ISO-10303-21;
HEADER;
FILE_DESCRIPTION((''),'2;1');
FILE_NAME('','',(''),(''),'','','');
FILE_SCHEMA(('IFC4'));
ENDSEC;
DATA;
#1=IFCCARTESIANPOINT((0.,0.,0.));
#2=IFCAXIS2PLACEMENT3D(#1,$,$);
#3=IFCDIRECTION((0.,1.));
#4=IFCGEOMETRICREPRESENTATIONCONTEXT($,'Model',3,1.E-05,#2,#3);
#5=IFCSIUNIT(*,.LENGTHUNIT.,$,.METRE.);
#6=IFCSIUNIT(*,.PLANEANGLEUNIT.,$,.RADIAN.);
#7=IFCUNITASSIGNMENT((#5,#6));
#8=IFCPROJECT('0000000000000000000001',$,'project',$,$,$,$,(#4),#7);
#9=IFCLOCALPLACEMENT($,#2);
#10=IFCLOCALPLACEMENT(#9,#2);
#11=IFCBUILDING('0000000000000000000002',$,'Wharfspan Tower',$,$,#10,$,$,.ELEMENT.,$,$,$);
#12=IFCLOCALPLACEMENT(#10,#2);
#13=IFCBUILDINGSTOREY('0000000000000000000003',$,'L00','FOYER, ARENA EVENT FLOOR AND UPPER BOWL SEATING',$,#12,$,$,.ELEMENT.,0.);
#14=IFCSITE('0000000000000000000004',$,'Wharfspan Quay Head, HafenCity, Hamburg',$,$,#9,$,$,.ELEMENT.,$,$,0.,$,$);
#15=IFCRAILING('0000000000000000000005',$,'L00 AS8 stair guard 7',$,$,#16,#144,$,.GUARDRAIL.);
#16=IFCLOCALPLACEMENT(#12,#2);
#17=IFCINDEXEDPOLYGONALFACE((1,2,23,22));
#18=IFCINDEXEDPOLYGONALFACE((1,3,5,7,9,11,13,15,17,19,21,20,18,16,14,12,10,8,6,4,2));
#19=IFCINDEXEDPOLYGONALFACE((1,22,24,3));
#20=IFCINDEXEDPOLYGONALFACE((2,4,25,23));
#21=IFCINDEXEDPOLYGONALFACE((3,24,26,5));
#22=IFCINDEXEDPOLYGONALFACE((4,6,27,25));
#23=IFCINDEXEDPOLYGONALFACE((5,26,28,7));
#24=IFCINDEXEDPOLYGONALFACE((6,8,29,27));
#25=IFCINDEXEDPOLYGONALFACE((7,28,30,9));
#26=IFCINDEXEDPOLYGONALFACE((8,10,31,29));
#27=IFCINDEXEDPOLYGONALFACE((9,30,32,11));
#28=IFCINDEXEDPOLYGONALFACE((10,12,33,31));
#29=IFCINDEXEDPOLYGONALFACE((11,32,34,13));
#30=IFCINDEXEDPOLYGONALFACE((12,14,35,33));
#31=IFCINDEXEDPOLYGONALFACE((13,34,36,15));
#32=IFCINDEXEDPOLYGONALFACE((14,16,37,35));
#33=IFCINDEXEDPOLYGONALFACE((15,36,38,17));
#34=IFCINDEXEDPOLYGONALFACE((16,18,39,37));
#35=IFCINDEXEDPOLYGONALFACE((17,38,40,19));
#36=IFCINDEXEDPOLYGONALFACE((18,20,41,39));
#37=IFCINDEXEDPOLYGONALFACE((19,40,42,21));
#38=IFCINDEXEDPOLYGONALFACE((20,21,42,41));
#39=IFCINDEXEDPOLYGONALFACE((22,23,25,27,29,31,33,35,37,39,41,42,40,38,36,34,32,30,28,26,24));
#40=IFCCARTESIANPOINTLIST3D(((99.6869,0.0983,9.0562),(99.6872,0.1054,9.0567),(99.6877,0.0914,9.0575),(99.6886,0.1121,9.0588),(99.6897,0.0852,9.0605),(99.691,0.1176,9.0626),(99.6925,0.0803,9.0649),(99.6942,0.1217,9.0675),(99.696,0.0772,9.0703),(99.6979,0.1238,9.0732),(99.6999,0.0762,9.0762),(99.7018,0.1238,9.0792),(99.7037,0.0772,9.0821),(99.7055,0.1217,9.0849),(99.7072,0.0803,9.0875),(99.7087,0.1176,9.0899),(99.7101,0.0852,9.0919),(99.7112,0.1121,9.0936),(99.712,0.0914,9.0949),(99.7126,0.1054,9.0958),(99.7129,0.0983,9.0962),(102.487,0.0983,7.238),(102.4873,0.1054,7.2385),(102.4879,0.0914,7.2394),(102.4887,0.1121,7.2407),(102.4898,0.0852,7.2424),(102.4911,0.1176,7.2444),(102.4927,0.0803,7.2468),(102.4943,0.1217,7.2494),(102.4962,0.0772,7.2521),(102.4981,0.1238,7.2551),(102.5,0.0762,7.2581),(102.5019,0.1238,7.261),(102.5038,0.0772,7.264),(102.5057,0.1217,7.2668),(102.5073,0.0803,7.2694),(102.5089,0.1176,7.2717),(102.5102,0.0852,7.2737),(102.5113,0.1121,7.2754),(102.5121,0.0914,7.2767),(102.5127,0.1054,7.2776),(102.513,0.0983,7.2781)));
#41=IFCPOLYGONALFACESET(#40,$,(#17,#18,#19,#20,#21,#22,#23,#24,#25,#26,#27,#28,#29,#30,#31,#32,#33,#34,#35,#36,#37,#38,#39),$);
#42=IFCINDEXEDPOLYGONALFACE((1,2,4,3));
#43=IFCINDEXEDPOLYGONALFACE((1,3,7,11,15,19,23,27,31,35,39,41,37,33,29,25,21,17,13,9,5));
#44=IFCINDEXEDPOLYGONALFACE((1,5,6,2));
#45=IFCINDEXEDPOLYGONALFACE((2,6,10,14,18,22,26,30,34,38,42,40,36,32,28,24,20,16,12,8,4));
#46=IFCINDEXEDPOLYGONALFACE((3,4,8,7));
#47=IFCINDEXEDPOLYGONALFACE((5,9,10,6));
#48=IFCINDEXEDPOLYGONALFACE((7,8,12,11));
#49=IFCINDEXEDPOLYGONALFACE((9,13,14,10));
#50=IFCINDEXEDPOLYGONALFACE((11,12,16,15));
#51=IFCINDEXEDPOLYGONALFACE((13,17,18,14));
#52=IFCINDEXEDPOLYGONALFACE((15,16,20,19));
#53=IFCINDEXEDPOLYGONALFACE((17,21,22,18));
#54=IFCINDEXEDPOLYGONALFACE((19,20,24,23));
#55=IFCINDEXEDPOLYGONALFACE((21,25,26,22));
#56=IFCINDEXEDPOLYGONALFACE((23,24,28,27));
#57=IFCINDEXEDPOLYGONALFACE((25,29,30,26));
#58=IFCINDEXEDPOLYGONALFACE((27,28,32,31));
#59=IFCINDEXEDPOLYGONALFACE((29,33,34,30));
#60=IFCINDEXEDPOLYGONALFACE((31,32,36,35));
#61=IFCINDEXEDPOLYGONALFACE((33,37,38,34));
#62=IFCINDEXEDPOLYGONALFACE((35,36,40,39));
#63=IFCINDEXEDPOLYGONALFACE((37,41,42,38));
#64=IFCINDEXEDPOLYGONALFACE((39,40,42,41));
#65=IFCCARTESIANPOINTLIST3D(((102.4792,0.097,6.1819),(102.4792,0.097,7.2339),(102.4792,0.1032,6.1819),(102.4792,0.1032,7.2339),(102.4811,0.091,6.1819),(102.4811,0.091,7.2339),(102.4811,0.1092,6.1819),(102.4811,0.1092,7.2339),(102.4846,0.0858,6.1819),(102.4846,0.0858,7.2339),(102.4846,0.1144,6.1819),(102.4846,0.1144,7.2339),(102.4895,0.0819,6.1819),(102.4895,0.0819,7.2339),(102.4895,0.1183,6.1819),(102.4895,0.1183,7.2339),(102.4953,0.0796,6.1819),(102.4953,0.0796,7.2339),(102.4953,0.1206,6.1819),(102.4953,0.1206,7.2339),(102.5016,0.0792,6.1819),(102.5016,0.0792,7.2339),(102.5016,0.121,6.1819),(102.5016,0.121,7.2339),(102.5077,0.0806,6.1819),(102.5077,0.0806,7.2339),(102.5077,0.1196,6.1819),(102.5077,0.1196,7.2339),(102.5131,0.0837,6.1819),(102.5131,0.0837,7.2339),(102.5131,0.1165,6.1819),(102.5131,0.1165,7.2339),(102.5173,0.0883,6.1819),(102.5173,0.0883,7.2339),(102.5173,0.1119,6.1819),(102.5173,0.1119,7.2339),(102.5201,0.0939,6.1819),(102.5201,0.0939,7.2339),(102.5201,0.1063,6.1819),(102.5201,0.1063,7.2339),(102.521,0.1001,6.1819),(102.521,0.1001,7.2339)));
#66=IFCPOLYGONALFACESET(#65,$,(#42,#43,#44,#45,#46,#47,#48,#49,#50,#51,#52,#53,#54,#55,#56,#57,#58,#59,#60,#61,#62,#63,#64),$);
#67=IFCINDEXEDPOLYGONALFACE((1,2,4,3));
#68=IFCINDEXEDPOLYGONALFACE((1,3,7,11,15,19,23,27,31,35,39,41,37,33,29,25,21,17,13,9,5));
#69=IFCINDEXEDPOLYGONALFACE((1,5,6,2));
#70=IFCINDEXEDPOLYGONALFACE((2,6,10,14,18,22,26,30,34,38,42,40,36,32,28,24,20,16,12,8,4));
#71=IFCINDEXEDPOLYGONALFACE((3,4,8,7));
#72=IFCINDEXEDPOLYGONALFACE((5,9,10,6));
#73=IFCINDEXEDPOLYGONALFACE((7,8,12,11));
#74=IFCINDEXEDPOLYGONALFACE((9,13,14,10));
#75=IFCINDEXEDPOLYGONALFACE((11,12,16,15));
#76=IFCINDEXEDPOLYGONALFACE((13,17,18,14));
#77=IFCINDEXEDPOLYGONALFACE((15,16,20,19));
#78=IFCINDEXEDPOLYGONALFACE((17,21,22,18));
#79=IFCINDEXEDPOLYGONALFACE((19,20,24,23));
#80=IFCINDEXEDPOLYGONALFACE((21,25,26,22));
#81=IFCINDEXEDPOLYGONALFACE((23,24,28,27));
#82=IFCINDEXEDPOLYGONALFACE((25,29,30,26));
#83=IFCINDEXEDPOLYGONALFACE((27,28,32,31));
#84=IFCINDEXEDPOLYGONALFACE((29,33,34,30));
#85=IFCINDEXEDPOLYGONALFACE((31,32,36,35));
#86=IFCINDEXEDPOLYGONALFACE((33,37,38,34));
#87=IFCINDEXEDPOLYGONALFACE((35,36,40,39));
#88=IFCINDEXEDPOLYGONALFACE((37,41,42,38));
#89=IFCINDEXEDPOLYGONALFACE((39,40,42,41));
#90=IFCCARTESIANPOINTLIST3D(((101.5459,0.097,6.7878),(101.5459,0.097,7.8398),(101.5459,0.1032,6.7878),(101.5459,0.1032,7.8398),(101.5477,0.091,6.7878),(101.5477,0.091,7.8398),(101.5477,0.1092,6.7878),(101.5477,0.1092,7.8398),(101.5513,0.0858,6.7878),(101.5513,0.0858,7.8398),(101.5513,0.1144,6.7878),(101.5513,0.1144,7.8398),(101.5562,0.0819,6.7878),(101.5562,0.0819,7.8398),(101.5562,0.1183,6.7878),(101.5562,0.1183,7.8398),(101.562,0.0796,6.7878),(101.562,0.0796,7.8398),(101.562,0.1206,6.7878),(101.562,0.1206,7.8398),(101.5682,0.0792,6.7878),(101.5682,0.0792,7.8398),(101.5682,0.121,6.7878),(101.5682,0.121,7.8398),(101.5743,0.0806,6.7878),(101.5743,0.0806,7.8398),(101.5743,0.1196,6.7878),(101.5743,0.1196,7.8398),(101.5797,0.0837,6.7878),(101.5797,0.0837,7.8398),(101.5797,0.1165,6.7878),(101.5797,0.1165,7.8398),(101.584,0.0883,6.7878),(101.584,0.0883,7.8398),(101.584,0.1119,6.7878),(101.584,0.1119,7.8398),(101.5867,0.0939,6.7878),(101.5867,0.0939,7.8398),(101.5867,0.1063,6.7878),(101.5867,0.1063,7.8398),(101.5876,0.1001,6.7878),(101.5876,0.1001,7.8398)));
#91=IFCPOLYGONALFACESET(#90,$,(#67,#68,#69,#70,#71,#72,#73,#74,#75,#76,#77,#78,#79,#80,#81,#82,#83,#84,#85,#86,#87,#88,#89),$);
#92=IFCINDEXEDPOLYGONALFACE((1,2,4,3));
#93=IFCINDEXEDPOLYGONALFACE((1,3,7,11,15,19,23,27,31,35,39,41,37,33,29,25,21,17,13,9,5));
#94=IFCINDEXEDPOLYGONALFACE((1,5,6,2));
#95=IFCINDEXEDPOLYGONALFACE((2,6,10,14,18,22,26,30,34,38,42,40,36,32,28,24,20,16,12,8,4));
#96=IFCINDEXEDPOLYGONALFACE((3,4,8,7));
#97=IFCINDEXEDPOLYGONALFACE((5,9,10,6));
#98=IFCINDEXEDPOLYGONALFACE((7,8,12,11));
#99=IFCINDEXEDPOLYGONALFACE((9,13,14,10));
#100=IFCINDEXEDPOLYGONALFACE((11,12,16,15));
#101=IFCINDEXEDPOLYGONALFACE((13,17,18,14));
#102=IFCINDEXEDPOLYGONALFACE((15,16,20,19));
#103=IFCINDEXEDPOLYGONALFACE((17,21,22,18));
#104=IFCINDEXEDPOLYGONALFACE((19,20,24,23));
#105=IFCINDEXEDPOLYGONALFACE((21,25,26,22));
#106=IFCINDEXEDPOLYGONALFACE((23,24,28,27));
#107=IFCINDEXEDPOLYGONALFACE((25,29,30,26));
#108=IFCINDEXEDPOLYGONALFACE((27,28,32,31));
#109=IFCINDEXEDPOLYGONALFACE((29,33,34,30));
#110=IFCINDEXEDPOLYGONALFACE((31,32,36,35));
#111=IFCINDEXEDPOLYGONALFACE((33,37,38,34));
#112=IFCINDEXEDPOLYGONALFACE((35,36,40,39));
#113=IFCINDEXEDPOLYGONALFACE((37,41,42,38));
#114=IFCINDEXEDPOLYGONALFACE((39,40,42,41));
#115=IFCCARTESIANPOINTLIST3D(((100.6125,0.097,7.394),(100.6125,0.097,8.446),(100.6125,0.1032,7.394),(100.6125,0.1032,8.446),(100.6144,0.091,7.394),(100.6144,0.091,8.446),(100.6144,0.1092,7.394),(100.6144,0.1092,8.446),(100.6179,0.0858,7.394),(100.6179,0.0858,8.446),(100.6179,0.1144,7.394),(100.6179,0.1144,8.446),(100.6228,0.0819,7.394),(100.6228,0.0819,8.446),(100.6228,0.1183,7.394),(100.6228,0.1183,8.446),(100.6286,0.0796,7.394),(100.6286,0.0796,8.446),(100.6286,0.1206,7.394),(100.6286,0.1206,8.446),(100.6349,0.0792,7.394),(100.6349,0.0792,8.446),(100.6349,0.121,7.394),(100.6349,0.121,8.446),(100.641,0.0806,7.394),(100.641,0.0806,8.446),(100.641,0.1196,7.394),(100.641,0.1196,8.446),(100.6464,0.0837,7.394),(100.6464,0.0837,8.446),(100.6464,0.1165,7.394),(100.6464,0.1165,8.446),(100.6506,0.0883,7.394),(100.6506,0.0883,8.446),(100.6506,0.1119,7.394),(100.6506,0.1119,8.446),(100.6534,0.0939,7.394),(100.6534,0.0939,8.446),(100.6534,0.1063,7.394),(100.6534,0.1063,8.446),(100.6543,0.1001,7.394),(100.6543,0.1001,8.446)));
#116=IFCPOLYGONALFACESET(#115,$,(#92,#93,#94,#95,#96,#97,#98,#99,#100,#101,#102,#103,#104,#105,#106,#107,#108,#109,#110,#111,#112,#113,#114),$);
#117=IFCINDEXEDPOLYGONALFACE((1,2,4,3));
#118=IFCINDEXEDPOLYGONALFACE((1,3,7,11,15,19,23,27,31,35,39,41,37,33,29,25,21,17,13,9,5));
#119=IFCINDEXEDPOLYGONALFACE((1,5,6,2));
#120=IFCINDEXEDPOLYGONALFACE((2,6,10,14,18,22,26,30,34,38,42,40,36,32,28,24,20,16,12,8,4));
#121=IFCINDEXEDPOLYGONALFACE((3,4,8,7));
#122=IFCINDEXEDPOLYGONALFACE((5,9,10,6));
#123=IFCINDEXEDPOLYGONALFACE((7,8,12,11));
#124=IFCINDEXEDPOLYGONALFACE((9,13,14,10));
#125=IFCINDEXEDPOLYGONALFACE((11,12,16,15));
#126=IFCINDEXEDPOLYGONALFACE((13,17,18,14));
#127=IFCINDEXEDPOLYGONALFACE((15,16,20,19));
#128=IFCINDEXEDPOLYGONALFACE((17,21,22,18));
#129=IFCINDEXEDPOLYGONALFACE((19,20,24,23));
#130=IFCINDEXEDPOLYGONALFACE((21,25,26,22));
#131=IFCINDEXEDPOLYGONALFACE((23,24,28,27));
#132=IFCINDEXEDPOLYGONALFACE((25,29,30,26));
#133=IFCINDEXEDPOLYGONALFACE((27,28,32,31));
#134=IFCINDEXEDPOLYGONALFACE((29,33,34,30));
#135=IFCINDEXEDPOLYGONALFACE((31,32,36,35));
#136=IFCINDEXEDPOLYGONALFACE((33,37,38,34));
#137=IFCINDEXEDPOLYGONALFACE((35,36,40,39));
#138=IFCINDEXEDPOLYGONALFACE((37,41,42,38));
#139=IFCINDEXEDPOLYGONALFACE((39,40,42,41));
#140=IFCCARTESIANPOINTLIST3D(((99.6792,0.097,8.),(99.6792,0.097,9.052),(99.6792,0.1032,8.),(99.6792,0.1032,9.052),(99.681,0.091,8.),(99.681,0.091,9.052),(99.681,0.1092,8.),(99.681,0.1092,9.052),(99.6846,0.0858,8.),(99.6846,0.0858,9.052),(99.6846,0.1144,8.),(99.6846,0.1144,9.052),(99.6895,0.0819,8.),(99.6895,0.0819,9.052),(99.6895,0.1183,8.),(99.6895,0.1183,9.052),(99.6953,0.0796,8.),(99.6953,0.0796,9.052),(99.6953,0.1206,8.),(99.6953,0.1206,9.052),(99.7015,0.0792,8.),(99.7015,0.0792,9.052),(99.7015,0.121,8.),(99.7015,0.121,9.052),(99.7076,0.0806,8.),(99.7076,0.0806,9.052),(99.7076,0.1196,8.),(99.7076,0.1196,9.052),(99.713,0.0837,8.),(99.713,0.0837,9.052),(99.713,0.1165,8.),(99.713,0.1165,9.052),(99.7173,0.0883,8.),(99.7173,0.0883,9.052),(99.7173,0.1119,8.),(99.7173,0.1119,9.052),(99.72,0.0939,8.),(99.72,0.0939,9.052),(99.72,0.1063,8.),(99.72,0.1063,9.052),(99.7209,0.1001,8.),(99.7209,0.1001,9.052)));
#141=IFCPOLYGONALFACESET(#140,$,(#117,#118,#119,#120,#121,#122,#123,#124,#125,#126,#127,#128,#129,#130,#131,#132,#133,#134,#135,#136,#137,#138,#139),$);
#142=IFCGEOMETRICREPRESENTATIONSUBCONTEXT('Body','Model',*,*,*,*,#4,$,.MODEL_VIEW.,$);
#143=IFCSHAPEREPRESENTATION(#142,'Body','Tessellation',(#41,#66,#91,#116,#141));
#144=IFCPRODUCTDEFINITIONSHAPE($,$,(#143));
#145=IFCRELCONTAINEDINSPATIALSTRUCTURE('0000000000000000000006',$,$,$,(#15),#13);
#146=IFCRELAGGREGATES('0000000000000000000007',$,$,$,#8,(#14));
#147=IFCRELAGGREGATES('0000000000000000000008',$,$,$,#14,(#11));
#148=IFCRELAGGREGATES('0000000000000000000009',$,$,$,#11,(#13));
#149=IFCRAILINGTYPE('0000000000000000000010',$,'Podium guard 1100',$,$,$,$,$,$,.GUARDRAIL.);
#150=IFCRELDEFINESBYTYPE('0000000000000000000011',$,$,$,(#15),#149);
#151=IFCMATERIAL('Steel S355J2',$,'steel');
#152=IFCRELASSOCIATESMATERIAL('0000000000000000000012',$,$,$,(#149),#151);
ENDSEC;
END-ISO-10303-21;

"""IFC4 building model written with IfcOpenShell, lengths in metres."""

from ifc_helpers import new_model, si_unit, direction, frame, origin, origin_2d, place, context, subcontext, project, spatial, circle, extrude, material, type_object, element, save


model = new_model("IFC4")

# Units and contexts
model_context = context("Model", 3, precision=1e-05, world=origin(), true_north=direction((0.0, 1.0)))
body_context = subcontext(model_context, "Body", "Model", "MODEL_VIEW")
ifc_project = project(units=[si_unit("LENGTHUNIT", "METRE"), si_unit("PLANEANGLEUNIT", "RADIAN")], contexts=[model_context])

# Site, building, storey
site_placement = place(None, origin())
site = spatial("IfcSite", under=ifc_project, at=site_placement, Name="Wharfspan Quay Head, HafenCity, Hamburg", CompositionType="ELEMENT", RefElevation=0.0)
building_placement = place(site_placement, origin())
building = spatial("IfcBuilding", under=site, at=building_placement, Name="Wharfspan Tower", CompositionType="ELEMENT")
storey_placement = place(building_placement, origin())
storey = spatial("IfcBuildingStorey", under=building, at=storey_placement, Name="L00", Description="FOYER, ARENA EVENT FLOOR AND UPPER BOWL SEATING", CompositionType="ELEMENT", Elevation=0.0)

# Shared definitions
ifc_material_1 = material(Name="Steel S355J2", Category="steel")

# Railing
railing_type_1 = type_object("IfcRailingType", Name="Podium guard 1100", PredefinedType="GUARDRAIL", material=ifc_material_1)
railing_1_placement = place(storey_placement, frame((102.5, 0.1001, 6.1819)))
element("IfcRailing", 1, at=railing_1_placement, inside=storey, type_object=railing_type_1, Name="L00 AS8 stair guard 7", PredefinedType="GUARDRAIL", context=body_context, shape_type="SweptSolid", body=[
    extrude(circle(Radius=0.0239, at=origin_2d()), frame((0.0, 0.0, 1.0762), z_axis=(-0.838706, 0.0, 0.544585), x_axis=(0.0, -1.0, 0.0)), (0.0, 0.0, 1.0), 3.3386),
    extrude(circle(Radius=0.021, at=origin_2d()), origin(), (0.0, 0.0, 1.0), 1.052),
    extrude(circle(Radius=0.021, at=origin_2d()), frame((-0.9334, 0.0, 0.606)), (0.0, 0.0, 1.0), 1.052),
    extrude(circle(Radius=0.021, at=origin_2d()), frame((-1.8667, 0.0, 1.2122)), (0.0, 0.0, 1.0), 1.052),
    extrude(circle(Radius=0.021, at=origin_2d()), frame((-2.8, 0.0, 1.8181)), (0.0, 0.0, 1.0), 1.052),
])

save(model, "model.ifc")
